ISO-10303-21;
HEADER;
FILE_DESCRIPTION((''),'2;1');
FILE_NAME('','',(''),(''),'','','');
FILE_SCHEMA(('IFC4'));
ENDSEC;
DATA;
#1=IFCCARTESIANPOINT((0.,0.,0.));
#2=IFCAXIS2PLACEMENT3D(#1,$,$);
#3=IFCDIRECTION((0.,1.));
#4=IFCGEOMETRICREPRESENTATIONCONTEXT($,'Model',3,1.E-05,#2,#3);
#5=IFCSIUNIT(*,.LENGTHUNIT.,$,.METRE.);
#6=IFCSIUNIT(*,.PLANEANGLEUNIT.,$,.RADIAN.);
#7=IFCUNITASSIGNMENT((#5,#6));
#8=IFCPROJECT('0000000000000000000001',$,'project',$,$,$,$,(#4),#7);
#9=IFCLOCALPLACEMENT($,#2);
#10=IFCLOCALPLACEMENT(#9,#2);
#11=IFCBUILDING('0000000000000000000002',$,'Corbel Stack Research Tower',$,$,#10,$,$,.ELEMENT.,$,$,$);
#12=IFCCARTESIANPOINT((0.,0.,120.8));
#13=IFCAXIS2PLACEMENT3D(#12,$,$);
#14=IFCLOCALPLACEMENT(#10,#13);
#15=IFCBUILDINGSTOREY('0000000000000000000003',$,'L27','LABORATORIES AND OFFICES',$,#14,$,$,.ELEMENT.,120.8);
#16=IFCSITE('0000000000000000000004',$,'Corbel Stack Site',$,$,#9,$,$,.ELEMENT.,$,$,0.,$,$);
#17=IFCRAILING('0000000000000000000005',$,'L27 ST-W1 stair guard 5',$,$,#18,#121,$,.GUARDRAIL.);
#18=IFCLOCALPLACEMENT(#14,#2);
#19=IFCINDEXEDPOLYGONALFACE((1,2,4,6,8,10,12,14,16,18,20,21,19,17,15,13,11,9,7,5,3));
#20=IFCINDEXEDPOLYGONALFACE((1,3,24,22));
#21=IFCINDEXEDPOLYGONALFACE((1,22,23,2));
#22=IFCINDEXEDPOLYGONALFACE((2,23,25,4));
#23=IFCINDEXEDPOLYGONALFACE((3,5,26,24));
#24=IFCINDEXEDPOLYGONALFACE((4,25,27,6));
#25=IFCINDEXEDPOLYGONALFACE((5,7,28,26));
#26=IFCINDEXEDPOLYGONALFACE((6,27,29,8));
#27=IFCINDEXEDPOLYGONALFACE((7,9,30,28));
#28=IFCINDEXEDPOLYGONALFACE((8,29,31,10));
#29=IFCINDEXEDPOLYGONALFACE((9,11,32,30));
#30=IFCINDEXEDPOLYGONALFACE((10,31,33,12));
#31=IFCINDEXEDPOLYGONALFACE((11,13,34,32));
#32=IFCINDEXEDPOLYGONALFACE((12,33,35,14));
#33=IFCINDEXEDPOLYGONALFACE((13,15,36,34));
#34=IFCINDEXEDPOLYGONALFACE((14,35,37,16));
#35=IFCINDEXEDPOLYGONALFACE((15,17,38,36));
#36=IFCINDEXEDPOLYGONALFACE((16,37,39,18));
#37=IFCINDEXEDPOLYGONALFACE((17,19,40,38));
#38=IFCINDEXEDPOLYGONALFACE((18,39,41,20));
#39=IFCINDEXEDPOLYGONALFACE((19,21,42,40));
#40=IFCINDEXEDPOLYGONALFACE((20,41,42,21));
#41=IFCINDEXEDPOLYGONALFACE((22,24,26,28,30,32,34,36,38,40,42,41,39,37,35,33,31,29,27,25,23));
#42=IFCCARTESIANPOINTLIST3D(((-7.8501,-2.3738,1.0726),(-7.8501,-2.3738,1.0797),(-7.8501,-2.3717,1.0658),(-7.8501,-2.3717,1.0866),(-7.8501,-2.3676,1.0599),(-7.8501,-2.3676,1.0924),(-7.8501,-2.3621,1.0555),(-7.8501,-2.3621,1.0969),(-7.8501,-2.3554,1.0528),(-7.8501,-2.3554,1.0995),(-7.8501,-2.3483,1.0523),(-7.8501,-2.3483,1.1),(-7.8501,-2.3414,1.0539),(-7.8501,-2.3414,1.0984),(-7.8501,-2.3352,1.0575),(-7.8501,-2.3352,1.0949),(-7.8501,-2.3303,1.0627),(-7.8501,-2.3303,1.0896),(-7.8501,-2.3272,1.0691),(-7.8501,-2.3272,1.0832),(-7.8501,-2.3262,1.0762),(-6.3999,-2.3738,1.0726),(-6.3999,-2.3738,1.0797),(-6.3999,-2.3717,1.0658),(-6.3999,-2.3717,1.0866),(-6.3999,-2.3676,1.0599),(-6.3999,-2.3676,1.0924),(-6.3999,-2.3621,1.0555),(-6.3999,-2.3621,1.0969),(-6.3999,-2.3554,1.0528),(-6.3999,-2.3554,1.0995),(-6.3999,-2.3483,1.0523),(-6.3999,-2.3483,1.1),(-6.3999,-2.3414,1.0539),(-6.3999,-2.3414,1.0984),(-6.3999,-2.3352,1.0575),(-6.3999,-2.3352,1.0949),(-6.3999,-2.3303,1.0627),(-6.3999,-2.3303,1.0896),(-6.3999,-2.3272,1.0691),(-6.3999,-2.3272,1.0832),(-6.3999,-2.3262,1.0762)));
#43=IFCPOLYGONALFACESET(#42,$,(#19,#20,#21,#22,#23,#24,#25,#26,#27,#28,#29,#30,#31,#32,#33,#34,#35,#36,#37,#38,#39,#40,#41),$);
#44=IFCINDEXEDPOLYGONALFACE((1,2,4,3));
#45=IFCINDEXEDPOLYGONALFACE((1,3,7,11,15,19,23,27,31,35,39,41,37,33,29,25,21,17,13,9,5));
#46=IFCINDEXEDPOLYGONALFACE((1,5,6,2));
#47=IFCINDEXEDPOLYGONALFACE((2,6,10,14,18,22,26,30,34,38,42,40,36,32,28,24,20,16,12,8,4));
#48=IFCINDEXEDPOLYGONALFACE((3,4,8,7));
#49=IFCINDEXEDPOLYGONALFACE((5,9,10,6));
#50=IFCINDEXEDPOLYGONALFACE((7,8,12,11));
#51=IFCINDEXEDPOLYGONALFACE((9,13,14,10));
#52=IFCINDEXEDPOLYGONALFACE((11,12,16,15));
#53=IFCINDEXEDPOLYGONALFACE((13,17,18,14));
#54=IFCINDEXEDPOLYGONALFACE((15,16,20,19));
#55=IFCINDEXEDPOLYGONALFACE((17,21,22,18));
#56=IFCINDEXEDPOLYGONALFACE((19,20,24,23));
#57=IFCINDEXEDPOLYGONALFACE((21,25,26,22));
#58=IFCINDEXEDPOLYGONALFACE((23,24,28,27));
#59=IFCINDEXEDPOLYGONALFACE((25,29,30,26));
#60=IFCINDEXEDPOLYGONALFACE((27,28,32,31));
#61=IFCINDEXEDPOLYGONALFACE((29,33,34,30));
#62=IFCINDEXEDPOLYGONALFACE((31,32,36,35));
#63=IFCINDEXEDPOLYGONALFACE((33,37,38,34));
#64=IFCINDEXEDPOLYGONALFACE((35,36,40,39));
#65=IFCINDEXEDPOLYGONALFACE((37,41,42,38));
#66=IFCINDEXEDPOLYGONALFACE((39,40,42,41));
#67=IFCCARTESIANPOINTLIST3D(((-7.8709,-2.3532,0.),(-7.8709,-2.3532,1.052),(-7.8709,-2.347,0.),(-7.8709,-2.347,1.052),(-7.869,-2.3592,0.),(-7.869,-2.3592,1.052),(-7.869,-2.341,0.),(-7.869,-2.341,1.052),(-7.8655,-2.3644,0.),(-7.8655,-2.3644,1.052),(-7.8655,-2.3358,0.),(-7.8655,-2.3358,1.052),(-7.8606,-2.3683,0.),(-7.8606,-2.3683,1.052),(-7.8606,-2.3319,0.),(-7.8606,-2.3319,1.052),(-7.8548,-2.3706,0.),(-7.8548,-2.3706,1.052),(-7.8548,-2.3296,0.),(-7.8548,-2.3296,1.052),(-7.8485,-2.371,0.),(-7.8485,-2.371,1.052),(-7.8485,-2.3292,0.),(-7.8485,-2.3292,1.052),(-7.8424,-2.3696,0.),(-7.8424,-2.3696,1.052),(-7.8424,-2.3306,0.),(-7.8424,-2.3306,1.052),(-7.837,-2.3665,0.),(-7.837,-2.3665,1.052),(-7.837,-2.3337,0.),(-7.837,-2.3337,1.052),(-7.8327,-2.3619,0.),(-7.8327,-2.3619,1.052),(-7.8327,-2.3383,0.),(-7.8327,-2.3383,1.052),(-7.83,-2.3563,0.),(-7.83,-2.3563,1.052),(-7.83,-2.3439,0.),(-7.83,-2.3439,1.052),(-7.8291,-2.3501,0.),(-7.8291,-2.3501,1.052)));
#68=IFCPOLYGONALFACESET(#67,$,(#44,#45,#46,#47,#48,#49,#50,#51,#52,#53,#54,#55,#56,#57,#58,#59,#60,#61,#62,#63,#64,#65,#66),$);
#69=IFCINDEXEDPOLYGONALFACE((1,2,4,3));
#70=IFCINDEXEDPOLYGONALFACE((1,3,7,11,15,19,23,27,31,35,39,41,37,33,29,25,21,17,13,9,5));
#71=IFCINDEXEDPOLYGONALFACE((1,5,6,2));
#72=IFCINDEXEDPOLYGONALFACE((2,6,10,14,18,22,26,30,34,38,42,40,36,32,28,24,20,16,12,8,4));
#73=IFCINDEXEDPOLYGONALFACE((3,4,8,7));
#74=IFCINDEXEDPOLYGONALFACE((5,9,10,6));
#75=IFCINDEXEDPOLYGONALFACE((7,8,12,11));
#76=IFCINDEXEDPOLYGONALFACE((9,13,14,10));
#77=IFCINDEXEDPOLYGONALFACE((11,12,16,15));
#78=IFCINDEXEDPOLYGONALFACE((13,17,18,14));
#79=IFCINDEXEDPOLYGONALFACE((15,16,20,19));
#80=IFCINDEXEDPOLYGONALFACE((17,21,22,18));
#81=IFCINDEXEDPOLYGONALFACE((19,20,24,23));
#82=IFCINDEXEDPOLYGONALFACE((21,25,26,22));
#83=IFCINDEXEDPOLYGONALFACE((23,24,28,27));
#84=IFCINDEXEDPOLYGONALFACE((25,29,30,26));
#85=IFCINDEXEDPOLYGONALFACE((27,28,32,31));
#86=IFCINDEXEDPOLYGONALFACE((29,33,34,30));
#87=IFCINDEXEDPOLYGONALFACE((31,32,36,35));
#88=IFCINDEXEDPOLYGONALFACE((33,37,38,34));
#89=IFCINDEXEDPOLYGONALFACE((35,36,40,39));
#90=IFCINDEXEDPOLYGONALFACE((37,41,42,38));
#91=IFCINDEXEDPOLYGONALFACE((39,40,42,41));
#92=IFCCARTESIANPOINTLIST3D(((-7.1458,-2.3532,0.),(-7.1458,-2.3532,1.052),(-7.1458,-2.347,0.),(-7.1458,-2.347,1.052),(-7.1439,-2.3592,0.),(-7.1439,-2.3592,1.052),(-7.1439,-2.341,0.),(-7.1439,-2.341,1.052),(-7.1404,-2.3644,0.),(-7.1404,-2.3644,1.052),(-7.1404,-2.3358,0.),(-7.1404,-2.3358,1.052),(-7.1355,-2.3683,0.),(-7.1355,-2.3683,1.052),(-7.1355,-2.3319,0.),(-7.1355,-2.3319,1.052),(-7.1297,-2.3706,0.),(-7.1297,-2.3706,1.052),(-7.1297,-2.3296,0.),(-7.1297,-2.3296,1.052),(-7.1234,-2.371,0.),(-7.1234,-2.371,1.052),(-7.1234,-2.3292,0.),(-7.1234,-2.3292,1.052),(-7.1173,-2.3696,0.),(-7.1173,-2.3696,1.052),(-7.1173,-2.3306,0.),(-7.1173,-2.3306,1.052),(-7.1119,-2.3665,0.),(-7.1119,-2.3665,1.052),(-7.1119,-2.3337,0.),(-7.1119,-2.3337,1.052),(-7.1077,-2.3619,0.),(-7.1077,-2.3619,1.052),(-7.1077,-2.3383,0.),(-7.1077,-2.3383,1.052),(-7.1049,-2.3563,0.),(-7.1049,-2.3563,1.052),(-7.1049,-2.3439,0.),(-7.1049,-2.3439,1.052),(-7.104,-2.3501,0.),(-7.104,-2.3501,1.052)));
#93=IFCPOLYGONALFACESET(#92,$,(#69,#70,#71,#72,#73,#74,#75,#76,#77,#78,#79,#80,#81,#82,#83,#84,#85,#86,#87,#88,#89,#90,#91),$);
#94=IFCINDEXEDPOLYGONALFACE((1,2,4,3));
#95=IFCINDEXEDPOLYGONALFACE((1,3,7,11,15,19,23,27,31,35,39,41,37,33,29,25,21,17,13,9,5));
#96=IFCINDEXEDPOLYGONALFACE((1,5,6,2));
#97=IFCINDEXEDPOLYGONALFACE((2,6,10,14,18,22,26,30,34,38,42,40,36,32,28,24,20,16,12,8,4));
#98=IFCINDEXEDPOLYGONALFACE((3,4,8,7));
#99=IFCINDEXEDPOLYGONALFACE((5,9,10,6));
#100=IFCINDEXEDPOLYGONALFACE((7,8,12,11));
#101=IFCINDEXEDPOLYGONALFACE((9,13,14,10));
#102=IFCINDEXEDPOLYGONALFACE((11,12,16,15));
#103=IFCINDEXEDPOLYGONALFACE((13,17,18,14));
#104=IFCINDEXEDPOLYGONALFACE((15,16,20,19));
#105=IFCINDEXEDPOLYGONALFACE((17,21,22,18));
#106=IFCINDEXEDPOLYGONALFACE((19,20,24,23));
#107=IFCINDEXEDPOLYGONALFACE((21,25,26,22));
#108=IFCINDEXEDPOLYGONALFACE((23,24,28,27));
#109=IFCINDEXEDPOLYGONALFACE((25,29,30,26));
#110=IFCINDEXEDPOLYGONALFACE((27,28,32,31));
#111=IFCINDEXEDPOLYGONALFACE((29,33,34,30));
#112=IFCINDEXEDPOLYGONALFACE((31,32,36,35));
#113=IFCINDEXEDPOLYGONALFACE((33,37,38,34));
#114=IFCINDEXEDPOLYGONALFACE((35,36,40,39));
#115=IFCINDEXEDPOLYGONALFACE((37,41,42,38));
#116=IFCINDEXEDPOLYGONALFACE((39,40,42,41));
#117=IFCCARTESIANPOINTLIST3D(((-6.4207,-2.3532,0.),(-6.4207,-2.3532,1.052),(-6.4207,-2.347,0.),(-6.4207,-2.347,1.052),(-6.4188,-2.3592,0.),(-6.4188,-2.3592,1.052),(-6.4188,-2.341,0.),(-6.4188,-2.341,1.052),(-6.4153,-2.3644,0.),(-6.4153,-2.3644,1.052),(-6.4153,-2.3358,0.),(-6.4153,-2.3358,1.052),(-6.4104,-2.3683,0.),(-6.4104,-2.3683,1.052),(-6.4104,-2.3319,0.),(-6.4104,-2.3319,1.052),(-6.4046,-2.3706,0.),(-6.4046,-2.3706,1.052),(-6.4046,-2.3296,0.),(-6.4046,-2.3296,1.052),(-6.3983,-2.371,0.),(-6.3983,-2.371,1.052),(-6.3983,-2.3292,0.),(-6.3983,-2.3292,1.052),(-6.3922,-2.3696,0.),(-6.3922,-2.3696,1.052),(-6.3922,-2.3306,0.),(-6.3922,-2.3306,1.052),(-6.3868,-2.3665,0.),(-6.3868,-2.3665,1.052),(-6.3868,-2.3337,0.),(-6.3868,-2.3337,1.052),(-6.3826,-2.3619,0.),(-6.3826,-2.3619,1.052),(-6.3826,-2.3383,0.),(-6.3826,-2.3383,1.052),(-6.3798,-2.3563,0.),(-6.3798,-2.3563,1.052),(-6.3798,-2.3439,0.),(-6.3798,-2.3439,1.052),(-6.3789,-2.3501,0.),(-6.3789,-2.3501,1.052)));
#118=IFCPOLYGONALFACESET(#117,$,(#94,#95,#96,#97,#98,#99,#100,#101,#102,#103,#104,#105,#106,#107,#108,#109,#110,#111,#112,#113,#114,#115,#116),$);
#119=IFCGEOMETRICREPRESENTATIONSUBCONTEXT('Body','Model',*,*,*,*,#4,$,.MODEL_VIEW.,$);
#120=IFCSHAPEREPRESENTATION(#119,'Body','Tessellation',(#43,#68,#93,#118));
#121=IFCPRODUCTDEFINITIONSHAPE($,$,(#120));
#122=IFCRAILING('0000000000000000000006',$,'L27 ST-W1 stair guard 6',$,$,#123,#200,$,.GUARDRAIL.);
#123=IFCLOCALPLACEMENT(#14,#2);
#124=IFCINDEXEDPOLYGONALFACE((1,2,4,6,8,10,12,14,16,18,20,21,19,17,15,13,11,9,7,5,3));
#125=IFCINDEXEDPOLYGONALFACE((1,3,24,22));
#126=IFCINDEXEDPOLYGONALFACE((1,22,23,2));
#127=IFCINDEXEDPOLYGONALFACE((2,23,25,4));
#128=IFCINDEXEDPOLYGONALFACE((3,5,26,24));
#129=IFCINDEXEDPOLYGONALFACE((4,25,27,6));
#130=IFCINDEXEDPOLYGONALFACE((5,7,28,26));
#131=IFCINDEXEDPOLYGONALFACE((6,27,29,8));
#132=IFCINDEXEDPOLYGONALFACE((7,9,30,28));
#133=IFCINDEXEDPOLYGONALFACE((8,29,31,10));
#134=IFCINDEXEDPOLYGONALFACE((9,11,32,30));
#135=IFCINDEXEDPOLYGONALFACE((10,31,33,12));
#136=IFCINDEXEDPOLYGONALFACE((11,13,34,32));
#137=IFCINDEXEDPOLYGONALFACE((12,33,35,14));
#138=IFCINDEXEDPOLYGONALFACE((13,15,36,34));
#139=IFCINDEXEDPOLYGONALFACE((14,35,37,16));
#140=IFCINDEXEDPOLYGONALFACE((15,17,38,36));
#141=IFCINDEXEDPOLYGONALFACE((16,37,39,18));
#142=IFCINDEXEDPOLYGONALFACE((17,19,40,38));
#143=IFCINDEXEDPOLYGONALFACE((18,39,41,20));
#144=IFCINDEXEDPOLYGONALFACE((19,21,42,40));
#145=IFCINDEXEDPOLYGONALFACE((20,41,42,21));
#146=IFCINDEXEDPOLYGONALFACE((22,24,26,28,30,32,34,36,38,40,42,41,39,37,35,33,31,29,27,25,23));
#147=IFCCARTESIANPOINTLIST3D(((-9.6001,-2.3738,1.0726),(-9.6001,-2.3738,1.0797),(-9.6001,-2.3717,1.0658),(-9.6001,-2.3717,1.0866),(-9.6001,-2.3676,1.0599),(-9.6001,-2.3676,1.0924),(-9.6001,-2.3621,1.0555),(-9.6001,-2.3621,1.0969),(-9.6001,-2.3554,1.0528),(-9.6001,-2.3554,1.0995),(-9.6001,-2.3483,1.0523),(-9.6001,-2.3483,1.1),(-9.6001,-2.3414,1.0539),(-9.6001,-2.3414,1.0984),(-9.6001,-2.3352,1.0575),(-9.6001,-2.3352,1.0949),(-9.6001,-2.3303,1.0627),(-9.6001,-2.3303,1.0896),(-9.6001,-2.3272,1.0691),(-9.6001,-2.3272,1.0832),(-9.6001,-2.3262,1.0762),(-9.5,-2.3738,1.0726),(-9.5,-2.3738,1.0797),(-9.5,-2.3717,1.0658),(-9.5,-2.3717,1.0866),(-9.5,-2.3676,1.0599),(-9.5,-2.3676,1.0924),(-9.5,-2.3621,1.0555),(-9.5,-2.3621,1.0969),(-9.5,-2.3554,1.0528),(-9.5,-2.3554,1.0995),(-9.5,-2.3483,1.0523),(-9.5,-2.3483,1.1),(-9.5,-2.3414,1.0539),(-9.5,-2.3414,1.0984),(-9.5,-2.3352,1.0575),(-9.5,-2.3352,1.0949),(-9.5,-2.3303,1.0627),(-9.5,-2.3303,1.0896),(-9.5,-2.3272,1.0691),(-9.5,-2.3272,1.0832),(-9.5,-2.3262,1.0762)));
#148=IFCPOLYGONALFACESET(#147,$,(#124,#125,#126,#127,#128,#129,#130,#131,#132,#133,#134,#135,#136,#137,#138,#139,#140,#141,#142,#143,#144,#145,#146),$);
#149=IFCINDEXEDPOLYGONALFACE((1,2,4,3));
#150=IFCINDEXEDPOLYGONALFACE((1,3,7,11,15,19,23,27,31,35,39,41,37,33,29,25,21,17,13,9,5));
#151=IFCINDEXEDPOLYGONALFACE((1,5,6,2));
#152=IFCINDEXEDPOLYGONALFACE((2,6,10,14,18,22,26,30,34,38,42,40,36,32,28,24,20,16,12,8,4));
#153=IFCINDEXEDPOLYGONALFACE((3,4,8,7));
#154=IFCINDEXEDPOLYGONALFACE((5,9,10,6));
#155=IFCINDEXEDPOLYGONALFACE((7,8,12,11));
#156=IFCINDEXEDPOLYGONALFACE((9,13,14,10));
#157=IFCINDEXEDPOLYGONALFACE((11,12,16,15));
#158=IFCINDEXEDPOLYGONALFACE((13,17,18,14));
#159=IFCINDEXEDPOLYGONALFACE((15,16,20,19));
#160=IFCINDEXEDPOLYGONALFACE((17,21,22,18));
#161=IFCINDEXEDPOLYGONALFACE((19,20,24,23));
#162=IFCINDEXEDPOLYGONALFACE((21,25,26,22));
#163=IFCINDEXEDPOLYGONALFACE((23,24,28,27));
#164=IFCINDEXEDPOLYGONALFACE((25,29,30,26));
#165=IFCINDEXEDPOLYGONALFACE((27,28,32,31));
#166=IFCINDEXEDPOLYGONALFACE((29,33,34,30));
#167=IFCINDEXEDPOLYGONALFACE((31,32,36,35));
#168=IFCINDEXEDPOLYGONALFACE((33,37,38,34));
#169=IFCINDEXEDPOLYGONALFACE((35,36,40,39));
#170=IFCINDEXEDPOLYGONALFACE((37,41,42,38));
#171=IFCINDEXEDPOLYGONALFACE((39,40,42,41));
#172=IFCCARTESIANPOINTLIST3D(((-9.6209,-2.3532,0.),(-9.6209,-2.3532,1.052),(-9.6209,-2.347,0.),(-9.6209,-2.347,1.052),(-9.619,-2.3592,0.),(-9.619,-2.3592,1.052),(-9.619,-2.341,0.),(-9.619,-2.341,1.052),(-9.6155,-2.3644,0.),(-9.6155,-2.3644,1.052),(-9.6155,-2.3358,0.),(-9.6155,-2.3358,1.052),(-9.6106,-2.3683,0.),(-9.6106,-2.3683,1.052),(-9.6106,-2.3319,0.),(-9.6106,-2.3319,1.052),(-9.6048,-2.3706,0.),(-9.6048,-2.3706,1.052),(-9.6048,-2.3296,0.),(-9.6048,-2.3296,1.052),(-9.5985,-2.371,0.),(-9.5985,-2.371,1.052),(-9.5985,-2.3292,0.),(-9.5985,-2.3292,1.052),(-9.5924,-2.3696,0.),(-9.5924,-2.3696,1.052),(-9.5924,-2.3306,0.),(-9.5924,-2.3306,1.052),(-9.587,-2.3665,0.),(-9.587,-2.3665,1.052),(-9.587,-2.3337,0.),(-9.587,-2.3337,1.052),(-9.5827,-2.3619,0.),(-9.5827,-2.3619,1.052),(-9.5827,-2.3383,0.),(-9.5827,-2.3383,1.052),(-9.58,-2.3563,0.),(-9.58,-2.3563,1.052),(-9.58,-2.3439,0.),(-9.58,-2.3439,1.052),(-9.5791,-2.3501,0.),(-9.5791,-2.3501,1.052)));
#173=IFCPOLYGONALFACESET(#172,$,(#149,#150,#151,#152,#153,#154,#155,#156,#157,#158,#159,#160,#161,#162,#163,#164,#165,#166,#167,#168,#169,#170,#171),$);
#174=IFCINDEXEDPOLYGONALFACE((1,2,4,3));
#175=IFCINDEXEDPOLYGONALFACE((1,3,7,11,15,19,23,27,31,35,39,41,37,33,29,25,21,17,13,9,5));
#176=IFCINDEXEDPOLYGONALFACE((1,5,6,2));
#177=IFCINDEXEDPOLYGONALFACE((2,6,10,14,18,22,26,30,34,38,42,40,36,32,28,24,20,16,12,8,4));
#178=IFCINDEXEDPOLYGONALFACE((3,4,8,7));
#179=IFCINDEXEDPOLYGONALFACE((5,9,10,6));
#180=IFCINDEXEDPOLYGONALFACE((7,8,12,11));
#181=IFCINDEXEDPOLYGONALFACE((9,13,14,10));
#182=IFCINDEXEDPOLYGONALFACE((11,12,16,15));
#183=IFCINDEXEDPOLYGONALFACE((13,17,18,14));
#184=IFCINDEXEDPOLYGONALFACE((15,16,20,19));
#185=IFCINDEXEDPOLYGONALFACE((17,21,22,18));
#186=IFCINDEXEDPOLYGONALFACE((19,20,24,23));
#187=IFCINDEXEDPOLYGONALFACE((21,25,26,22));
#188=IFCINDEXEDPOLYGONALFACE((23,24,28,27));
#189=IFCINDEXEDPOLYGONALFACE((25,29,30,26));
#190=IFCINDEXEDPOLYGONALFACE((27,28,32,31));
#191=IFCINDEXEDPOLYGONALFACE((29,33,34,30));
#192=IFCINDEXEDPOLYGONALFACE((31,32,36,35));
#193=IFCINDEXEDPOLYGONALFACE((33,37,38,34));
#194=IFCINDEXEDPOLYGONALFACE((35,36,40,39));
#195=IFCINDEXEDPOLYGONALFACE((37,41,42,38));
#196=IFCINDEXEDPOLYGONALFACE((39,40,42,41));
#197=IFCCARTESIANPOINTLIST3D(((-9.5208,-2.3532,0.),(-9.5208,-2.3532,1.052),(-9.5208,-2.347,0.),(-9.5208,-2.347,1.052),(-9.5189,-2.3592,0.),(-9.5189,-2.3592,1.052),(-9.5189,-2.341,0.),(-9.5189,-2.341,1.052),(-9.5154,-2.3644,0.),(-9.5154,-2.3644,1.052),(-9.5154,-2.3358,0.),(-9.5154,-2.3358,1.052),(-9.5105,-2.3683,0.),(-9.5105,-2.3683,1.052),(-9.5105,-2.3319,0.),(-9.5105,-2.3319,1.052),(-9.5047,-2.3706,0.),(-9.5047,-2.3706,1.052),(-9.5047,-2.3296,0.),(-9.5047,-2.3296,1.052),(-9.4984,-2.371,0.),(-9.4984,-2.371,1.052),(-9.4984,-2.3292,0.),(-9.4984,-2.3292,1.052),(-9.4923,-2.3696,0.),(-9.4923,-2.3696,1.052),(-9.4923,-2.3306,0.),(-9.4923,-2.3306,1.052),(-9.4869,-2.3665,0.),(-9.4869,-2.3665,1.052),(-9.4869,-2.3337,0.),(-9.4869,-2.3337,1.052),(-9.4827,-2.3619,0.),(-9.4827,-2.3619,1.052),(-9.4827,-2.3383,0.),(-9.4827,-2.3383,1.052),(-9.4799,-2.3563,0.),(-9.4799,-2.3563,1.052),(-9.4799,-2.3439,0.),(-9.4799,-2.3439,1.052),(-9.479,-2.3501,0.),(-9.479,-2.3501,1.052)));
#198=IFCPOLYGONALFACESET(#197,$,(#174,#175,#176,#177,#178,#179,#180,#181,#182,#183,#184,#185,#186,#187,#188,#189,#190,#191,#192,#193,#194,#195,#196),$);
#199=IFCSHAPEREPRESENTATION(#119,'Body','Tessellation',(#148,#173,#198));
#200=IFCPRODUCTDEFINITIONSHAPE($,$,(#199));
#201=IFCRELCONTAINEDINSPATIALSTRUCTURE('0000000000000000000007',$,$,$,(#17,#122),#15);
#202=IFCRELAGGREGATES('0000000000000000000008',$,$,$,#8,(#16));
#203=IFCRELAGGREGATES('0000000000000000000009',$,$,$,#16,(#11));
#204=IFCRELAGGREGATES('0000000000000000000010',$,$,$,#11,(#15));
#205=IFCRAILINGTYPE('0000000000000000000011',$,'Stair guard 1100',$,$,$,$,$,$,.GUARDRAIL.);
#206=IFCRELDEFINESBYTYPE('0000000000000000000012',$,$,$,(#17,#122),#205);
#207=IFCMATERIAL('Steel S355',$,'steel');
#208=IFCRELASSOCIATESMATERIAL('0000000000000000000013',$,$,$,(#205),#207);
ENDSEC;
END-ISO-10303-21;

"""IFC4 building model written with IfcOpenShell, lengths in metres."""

from ifc_helpers import new_model, si_unit, direction, frame, origin, origin_2d, place, context, subcontext, project, spatial, circle, extrude, material, type_object, element, save


model = new_model("IFC4")

# Units and contexts
model_context = context("Model", 3, precision=1e-05, world=origin(), true_north=direction((0.0, 1.0)))
body_context = subcontext(model_context, "Body", "Model", "MODEL_VIEW")
ifc_project = project(units=[si_unit("LENGTHUNIT", "METRE"), si_unit("PLANEANGLEUNIT", "RADIAN")], contexts=[model_context])

# Site, building, storey
site_placement = place(None, origin())
site = spatial("IfcSite", under=ifc_project, at=site_placement, Name="Corbel Stack Site", CompositionType="ELEMENT", RefElevation=0.0)
building_placement = place(site_placement, origin())
building = spatial("IfcBuilding", under=site, at=building_placement, Name="Corbel Stack Research Tower", CompositionType="ELEMENT")
storey_placement = place(building_placement, frame((0.0, 0.0, 120.8)))
storey = spatial("IfcBuildingStorey", under=building, at=storey_placement, Name="L27", Description="LABORATORIES AND OFFICES", CompositionType="ELEMENT", Elevation=120.8)

# Railings
ifc_material_1 = material(Name="Steel S355", Category="steel")
railing_type_1 = type_object("IfcRailingType", Name="Stair guard 1100", PredefinedType="GUARDRAIL", material=ifc_material_1)
railing_1_placement = place(storey_placement, frame((-7.8501, -2.3501, 0.0)))
element("IfcRailing", 1, at=railing_1_placement, inside=storey, type_object=railing_type_1, Name="L27 ST-W1 stair guard 5", PredefinedType="GUARDRAIL", context=body_context, shape_type="SweptSolid", body=[
    extrude(circle(Radius=0.0239, at=origin_2d()), frame((0.0, 0.0, 1.0762), z_axis=(1.0, 0.0, 0.0), x_axis=(0.0, 1.0, 0.0)), (0.0, 0.0, 1.0), 1.4502),
    extrude(circle(Radius=0.021, at=origin_2d()), origin(), (0.0, 0.0, 1.0), 1.052),
    extrude(circle(Radius=0.021, at=origin_2d()), frame((0.7251, 0.0, 0.0)), (0.0, 0.0, 1.0), 1.052),
    extrude(circle(Radius=0.021, at=origin_2d()), frame((1.4502, 0.0, 0.0)), (0.0, 0.0, 1.0), 1.052),
])
railing_2_placement = place(storey_placement, frame((-9.6001, -2.3501, 0.0)))
element("IfcRailing", 2, at=railing_2_placement, inside=storey, type_object=railing_type_1, Name="L27 ST-W1 stair guard 6", PredefinedType="GUARDRAIL", context=body_context, shape_type="SweptSolid", body=[
    extrude(circle(Radius=0.0239, at=origin_2d()), frame((0.0, 0.0, 1.0762), z_axis=(1.0, 0.0, 0.0), x_axis=(0.0, 1.0, 0.0)), (0.0, 0.0, 1.0), 0.1001),
    extrude(circle(Radius=0.021, at=origin_2d()), origin(), (0.0, 0.0, 1.0), 1.052),
    extrude(circle(Radius=0.021, at=origin_2d()), frame((0.1001, 0.0, 0.0)), (0.0, 0.0, 1.0), 1.052),
])

save(model, "model.ifc")
